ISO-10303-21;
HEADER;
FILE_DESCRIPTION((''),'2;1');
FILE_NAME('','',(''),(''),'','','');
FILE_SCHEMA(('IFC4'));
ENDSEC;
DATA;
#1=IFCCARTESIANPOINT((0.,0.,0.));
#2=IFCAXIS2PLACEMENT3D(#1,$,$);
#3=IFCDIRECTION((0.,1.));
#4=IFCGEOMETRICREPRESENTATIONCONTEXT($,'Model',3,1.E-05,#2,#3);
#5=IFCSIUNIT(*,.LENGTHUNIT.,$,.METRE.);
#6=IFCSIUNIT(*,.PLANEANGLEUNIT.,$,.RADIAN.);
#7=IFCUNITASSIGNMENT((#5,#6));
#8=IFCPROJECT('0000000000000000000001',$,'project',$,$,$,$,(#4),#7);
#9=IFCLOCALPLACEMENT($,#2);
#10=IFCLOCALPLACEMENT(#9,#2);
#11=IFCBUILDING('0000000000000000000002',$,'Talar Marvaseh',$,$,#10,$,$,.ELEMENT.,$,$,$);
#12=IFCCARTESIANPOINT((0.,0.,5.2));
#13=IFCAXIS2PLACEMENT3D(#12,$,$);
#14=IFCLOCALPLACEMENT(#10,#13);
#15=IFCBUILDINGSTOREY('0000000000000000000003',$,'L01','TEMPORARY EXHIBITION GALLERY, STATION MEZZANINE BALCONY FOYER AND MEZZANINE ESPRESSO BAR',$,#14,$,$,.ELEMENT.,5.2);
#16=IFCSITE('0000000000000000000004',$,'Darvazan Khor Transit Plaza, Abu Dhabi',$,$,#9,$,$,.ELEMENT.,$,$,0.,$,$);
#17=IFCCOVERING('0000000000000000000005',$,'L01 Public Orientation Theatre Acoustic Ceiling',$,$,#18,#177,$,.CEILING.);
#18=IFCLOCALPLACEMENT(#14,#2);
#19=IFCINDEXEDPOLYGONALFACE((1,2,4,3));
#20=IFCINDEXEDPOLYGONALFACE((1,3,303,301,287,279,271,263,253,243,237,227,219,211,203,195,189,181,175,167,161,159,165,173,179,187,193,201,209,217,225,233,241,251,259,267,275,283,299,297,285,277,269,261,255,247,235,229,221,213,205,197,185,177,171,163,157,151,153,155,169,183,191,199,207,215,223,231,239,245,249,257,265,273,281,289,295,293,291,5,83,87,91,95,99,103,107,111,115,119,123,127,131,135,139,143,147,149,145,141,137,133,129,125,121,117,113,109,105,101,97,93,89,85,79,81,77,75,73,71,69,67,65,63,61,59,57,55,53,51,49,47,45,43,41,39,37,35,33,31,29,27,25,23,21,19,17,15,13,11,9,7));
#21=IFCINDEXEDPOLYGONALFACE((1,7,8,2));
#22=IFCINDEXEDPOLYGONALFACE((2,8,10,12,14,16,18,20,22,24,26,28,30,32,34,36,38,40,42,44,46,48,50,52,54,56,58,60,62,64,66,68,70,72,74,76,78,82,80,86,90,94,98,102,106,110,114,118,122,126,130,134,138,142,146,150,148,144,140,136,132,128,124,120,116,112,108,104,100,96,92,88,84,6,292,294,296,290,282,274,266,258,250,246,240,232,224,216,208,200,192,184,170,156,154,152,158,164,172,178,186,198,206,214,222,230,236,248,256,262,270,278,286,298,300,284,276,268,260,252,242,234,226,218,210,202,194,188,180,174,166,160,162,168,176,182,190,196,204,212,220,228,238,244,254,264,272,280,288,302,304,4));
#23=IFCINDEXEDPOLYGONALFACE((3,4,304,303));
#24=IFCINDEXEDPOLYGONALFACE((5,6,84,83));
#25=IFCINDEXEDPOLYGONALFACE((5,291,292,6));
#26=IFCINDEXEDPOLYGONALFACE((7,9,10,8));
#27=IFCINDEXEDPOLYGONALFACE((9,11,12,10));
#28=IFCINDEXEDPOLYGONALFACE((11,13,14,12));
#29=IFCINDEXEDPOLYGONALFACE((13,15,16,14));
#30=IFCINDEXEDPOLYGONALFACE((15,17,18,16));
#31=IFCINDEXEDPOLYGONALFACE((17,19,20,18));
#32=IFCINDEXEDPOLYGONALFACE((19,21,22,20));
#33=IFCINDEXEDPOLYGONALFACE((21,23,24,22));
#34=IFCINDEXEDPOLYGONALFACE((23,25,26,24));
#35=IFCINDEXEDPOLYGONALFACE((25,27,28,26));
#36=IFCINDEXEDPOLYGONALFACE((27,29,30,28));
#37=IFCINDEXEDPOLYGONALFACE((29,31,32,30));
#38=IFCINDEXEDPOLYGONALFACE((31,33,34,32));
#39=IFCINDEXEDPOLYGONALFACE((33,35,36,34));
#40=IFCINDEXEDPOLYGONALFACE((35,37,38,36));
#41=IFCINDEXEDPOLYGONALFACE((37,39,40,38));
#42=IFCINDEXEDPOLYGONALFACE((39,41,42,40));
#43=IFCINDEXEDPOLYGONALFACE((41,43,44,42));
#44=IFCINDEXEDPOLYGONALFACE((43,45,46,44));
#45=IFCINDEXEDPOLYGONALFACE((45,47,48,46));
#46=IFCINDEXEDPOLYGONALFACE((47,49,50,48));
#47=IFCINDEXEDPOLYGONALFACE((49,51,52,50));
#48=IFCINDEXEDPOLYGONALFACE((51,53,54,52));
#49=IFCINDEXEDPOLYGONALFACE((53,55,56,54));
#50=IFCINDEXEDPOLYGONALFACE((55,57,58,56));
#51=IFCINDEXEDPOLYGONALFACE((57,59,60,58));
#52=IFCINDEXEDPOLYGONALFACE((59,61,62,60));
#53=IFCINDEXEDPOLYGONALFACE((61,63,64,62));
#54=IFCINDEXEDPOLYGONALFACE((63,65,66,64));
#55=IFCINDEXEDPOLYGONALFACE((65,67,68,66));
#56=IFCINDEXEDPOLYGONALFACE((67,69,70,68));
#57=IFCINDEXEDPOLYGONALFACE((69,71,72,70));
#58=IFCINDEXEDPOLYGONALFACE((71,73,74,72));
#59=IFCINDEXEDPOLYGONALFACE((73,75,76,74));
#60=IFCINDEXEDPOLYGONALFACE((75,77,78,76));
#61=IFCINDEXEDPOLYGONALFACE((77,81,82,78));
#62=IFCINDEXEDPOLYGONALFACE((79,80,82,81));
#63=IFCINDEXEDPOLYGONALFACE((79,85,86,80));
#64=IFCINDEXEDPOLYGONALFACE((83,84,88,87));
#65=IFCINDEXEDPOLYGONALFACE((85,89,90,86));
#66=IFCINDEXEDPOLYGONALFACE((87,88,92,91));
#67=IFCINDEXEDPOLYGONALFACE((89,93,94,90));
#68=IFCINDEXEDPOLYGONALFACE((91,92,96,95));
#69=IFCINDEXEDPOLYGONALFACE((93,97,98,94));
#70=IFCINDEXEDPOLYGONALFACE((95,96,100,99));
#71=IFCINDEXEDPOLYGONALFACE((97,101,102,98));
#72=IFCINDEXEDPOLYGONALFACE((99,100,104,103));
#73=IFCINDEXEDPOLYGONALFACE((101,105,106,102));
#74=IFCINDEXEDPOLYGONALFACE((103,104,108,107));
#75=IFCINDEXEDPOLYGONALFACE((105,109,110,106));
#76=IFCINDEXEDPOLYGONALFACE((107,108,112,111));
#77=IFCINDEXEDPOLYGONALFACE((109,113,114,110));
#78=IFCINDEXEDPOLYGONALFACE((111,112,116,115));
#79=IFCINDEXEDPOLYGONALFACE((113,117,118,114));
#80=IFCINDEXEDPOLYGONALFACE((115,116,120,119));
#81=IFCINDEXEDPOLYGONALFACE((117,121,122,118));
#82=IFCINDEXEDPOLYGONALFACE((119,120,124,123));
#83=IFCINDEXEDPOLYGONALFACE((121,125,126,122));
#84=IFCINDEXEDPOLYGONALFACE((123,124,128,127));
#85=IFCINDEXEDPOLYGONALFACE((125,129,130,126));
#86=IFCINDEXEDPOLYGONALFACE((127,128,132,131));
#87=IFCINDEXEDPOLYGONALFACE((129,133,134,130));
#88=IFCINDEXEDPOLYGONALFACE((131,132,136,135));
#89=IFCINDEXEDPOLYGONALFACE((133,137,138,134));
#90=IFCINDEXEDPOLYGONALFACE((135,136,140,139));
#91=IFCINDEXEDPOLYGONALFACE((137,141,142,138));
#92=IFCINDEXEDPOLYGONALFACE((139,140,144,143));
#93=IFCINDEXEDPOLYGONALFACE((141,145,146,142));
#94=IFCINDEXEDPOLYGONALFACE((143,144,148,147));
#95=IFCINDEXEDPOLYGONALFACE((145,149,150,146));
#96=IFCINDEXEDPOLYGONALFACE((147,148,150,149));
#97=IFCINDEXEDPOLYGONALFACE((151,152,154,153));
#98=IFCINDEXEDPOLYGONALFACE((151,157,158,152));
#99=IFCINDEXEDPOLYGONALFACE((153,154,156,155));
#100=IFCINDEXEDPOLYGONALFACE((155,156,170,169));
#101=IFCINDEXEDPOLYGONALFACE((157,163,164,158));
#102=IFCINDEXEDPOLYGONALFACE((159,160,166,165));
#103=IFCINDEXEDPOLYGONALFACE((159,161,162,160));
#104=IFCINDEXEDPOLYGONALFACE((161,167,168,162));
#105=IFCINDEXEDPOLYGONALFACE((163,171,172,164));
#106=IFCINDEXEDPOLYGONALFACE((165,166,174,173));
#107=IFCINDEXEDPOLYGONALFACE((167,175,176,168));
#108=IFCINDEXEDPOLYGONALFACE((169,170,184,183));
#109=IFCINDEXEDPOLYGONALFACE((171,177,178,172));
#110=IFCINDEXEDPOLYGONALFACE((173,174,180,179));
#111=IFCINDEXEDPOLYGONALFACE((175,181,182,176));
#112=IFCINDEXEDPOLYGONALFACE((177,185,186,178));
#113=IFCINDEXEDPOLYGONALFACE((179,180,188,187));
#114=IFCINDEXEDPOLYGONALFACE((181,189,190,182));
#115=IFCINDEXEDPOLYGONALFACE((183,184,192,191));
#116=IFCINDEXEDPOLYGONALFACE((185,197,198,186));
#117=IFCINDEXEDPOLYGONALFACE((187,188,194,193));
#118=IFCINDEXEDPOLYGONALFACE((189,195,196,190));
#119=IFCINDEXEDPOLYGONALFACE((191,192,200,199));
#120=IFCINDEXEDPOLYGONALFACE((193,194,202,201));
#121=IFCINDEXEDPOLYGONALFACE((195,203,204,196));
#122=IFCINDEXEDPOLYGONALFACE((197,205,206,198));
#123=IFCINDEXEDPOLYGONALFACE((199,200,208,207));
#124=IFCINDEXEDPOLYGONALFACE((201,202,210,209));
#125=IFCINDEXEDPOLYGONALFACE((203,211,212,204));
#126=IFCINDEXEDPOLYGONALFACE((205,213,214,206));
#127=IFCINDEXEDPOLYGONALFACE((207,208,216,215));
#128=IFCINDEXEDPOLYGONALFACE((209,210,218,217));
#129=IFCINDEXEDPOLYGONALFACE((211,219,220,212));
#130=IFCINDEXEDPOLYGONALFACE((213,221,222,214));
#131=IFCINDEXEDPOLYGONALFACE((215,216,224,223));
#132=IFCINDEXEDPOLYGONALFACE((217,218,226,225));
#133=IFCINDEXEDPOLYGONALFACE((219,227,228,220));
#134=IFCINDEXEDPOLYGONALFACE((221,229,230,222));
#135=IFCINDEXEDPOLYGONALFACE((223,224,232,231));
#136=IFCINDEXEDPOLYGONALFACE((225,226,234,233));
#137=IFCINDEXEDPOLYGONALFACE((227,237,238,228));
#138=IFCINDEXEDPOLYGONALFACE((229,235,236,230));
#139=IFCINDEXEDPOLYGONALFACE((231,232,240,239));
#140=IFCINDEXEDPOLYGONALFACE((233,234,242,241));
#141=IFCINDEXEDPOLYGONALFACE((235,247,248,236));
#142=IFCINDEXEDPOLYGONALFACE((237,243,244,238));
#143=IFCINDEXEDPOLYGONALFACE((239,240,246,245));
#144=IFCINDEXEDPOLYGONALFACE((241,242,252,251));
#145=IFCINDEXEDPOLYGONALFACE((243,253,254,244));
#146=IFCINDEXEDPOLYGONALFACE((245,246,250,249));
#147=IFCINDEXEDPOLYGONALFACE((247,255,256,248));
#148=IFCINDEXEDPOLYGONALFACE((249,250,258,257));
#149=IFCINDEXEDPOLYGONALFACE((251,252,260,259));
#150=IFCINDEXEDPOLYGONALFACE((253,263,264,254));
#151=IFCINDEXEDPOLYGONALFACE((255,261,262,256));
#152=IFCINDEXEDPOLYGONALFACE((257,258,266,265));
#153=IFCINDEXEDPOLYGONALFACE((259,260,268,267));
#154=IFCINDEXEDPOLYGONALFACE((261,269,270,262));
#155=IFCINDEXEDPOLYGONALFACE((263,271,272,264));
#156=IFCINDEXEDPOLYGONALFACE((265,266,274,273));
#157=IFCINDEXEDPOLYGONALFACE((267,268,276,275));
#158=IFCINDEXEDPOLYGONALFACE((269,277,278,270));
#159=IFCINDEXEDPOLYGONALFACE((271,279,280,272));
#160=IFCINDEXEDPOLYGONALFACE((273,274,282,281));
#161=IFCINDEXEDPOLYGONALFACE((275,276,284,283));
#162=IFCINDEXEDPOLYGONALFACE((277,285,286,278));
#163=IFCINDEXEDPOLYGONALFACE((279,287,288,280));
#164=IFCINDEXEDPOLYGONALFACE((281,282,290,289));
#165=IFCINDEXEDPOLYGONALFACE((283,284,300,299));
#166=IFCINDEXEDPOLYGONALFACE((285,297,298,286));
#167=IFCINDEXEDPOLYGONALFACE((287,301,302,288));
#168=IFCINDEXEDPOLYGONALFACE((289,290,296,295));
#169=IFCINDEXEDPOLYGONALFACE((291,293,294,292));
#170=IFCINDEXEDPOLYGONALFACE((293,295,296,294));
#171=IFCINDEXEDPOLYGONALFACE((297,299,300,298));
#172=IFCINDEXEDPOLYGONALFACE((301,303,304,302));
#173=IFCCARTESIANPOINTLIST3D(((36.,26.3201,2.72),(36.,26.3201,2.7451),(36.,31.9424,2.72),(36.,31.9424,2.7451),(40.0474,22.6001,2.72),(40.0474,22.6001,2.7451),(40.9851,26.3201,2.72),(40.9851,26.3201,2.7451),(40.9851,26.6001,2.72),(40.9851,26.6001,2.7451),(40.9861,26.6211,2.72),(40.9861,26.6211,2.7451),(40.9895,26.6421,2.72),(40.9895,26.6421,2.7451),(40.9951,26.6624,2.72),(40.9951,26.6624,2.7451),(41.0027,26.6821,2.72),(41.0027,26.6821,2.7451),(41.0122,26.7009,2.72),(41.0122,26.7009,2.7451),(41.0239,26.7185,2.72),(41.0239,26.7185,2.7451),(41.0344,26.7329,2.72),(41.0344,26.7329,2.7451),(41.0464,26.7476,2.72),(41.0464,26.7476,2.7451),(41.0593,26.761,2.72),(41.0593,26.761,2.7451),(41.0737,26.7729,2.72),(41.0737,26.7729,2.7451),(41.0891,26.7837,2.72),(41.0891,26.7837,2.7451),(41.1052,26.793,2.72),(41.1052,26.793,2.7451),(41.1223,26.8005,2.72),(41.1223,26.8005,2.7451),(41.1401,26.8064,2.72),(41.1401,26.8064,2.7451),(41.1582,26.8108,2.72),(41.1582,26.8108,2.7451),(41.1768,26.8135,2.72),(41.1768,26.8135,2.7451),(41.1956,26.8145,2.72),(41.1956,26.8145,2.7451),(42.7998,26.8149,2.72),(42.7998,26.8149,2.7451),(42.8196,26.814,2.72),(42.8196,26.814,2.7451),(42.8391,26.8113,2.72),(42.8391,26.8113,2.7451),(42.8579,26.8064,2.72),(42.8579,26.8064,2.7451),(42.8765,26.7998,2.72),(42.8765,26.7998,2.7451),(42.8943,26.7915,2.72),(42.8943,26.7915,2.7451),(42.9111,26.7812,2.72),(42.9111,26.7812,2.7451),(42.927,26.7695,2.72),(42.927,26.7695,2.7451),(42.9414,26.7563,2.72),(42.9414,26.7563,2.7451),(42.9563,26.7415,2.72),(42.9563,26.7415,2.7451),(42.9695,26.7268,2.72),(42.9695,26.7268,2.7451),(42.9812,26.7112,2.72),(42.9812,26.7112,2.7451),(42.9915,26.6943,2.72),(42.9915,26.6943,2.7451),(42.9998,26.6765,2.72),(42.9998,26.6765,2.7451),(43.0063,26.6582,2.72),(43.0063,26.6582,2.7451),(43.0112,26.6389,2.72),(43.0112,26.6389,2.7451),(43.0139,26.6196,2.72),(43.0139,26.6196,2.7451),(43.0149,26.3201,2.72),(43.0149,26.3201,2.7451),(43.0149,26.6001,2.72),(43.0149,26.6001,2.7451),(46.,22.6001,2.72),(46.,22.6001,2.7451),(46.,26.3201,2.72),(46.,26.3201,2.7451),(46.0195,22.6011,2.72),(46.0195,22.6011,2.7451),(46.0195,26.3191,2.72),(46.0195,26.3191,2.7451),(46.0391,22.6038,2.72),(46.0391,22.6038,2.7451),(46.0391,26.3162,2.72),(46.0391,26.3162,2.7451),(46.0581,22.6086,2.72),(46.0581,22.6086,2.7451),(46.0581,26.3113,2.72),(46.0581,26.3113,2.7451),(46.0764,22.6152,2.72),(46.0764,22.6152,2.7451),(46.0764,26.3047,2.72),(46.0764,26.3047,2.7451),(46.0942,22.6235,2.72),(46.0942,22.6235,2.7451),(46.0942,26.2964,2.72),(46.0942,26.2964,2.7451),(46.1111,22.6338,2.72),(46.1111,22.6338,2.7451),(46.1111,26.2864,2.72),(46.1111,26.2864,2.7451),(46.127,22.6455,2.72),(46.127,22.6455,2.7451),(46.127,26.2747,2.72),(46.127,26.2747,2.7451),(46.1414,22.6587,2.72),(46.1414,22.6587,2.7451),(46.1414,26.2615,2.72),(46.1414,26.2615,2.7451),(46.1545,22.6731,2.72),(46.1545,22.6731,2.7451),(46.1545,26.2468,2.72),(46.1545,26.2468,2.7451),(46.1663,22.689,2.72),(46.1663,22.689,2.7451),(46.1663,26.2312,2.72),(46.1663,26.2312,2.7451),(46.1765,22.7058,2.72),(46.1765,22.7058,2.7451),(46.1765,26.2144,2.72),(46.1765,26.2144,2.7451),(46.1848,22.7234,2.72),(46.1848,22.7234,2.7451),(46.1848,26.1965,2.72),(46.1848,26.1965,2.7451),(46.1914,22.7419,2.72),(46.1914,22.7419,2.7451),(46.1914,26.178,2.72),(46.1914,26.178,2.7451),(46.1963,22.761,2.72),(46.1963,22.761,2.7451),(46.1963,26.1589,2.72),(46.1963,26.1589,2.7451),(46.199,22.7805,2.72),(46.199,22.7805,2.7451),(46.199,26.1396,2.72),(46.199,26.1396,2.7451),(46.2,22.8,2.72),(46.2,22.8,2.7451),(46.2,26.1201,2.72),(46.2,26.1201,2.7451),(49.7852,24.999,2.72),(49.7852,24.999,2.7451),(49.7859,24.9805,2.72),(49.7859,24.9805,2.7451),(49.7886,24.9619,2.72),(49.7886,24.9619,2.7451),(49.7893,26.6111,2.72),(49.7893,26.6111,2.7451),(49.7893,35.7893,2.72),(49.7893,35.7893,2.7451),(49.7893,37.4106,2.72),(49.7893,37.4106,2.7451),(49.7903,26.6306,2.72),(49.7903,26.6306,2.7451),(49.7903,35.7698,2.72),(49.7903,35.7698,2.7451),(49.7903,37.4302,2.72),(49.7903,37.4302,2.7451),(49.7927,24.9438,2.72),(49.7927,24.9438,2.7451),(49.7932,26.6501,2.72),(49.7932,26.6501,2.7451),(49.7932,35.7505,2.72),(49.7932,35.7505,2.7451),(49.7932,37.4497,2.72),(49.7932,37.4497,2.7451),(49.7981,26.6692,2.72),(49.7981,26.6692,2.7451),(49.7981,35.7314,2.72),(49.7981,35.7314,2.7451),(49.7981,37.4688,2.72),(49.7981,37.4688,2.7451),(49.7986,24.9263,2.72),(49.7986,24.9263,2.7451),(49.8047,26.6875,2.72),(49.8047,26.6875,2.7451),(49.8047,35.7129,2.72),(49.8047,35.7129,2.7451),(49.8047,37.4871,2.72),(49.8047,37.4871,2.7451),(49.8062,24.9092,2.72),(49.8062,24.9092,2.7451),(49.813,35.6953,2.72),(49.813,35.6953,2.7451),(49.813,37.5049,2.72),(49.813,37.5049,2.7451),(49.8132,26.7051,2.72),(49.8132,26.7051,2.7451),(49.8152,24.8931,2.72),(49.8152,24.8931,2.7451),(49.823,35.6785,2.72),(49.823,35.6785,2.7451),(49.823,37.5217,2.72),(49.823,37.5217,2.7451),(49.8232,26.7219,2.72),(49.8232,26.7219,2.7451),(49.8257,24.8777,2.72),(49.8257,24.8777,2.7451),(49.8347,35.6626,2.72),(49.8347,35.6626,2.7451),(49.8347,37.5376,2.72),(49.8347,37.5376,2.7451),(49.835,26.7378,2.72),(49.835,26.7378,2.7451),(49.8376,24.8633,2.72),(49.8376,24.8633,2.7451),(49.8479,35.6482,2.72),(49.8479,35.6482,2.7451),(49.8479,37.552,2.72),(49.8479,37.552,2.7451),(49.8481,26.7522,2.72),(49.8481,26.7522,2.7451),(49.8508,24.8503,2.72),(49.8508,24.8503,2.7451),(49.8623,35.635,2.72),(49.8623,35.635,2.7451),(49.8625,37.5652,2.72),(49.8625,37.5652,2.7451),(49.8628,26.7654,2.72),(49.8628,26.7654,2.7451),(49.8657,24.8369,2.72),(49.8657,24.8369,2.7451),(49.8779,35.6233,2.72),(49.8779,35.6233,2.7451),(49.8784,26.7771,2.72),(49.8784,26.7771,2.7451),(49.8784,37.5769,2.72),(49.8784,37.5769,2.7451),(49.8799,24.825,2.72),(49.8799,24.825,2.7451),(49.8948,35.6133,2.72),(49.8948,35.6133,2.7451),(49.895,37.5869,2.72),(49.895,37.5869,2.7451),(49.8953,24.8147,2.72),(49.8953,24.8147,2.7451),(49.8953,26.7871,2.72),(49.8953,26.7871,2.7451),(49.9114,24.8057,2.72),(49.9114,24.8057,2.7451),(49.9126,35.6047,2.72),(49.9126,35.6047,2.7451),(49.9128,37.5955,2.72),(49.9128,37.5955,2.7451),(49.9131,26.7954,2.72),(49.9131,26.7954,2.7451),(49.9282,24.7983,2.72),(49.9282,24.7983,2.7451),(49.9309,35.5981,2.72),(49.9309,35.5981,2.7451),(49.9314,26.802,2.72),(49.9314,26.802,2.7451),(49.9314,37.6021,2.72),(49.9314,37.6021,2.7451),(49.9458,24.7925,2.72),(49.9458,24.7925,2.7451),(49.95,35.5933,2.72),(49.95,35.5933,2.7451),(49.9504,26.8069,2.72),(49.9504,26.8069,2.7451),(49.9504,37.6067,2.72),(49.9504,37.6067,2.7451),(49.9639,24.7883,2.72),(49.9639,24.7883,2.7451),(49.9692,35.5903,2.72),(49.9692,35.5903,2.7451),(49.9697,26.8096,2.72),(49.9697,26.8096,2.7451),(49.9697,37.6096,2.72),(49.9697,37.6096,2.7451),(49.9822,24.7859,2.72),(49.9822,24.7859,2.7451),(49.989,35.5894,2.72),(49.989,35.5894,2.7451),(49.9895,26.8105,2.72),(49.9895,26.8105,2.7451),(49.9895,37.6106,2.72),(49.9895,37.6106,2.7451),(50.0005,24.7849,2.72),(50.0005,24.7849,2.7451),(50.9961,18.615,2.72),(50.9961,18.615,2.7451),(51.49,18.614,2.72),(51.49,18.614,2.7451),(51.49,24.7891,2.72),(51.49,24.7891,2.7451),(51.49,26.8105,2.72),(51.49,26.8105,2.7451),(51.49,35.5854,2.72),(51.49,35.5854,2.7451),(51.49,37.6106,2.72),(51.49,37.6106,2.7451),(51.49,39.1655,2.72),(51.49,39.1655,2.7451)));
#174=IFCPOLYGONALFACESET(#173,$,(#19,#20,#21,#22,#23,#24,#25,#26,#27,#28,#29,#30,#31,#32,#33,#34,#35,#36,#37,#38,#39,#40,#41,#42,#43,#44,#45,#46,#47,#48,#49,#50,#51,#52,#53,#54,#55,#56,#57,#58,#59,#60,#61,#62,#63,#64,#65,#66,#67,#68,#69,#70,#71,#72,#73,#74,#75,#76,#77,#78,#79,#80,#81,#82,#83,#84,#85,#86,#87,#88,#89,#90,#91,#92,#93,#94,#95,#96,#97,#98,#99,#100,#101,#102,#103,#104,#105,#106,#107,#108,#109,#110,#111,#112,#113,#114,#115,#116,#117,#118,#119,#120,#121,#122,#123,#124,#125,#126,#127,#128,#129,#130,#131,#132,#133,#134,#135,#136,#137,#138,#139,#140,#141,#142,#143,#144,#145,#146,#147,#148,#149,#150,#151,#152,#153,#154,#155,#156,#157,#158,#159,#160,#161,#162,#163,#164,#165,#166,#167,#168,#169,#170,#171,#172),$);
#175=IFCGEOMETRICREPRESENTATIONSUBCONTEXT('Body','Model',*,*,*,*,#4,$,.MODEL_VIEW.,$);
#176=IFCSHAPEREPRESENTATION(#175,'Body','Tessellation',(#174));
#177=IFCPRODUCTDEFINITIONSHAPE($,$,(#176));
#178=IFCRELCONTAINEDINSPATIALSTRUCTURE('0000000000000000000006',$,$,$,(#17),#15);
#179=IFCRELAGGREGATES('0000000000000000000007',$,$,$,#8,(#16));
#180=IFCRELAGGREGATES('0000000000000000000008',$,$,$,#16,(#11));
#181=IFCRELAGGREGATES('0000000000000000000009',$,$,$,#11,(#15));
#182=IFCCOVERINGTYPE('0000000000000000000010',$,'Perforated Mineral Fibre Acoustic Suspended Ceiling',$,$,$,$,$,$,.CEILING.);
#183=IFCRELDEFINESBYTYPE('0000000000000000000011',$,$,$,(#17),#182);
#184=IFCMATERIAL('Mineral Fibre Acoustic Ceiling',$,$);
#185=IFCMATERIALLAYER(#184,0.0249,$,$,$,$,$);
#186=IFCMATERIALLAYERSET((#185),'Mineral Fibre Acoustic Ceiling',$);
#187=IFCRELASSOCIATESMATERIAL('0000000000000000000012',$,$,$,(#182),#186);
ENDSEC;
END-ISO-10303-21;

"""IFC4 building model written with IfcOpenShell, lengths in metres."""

from ifc_helpers import new_model, si_unit, direction, frame, origin, place, context, subcontext, project, spatial, polyline, outline, extrude, material, layer, layer_set, type_object, element, save


model = new_model("IFC4")

# Units and contexts
model_context = context("Model", 3, precision=1e-05, world=origin(), true_north=direction((0.0, 1.0)))
body_context = subcontext(model_context, "Body", "Model", "MODEL_VIEW")
ifc_project = project(units=[si_unit("LENGTHUNIT", "METRE"), si_unit("PLANEANGLEUNIT", "RADIAN")], contexts=[model_context])

# Site, building, storey
site_placement = place(None, origin())
site = spatial("IfcSite", under=ifc_project, at=site_placement, Name="Darvazan Khor Transit Plaza, Abu Dhabi", CompositionType="ELEMENT", RefElevation=0.0)
building_placement = place(site_placement, origin())
building = spatial("IfcBuilding", under=site, at=building_placement, Name="Talar Marvaseh", CompositionType="ELEMENT")
storey_placement = place(building_placement, frame((0.0, 0.0, 5.2)))
storey = spatial("IfcBuildingStorey", under=building, at=storey_placement, Name="L01", Description="TEMPORARY EXHIBITION GALLERY, STATION MEZZANINE BALCONY FOYER AND MEZZANINE ESPRESSO BAR", CompositionType="ELEMENT", Elevation=5.2)

# Covering
ifc_material_1 = material(Name="Mineral Fibre Acoustic Ceiling")
ifc_layer_1 = layer(ifc_material_1, 0.0249)
ifc_layer_set_1 = layer_set([ifc_layer_1], Name="Mineral Fibre Acoustic Ceiling")
covering_type_1 = type_object("IfcCoveringType", Name="Perforated Mineral Fibre Acoustic Suspended Ceiling", PredefinedType="CEILING", material=ifc_layer_set_1)
covering_1_placement = place(storey_placement, frame((0.0, 0.0, 2.72)))
element("IfcCovering", 1, at=covering_1_placement, inside=storey, type_object=covering_type_1, Name="L01 Public Orientation Theatre Acoustic Ceiling", PredefinedType="CEILING", context=body_context, shape_type="SweptSolid", body=[
    extrude(outline(polyline([(49.8953, 24.8147), (49.9114, 24.8057), (49.9282, 24.7983), (49.9458, 24.7925), (49.9639, 24.7883), (49.9822, 24.7859), (50.0005, 24.7849), (51.49, 24.7891), (51.49, 18.614), (50.9961, 18.615), (40.0474, 22.6001), (46.0, 22.6001), (46.0195, 22.6011), (46.0391, 22.6038), (46.0581, 22.6086), (46.0764, 22.6152), (46.0942, 22.6235), (46.1111, 22.6338), (46.127, 22.6455), (46.1414, 22.6587), (46.1545, 22.6731), (46.1663, 22.689), (46.1765, 22.7058), (46.1848, 22.7234), (46.1914, 22.7419), (46.1963, 22.761), (46.199, 22.7805), (46.2, 22.8), (46.2, 26.1201), (46.199, 26.1396), (46.1963, 26.1589), (46.1914, 26.178), (46.1848, 26.1965), (46.1765, 26.2144), (46.1663, 26.2312), (46.1545, 26.2468), (46.1414, 26.2615), (46.127, 26.2747), (46.1111, 26.2864), (46.0942, 26.2964), (46.0764, 26.3047), (46.0581, 26.3113), (46.0391, 26.3162), (46.0195, 26.3191), (46.0, 26.3201), (43.0149, 26.3201), (43.0149, 26.6001), (43.0139, 26.6196), (43.0112, 26.6389), (43.0063, 26.6582), (42.9998, 26.6765), (42.9915, 26.6943), (42.9812, 26.7112), (42.9695, 26.7268), (42.9563, 26.7415), (42.9414, 26.7563), (42.927, 26.7695), (42.9111, 26.7812), (42.8943, 26.7915), (42.8765, 26.7998), (42.8579, 26.8064), (42.8391, 26.8113), (42.8196, 26.814), (42.7998, 26.8149), (41.1956, 26.8145), (41.1768, 26.8135), (41.1582, 26.8108), (41.1401, 26.8064), (41.1223, 26.8005), (41.1052, 26.793), (41.0891, 26.7837), (41.0737, 26.7729), (41.0593, 26.761), (41.0464, 26.7476), (41.0344, 26.7329), (41.0239, 26.7185), (41.0122, 26.7009), (41.0027, 26.6821), (40.9951, 26.6624), (40.9895, 26.6421), (40.9861, 26.6211), (40.9851, 26.6001), (40.9851, 26.3201), (36.0, 26.3201), (36.0, 31.9424), (51.49, 39.1655), (51.49, 37.6106), (49.9895, 37.6106), (49.9697, 37.6096), (49.9504, 37.6067), (49.9314, 37.6021), (49.9128, 37.5955), (49.895, 37.5869), (49.8784, 37.5769), (49.8625, 37.5652), (49.8479, 37.552), (49.8347, 37.5376), (49.823, 37.5217), (49.813, 37.5049), (49.8047, 37.4871), (49.7981, 37.4688), (49.7932, 37.4497), (49.7903, 37.4302), (49.7893, 37.4106), (49.7893, 35.7893), (49.7903, 35.7698), (49.7932, 35.7505), (49.7981, 35.7314), (49.8047, 35.7129), (49.813, 35.6953), (49.823, 35.6785), (49.8347, 35.6626), (49.8479, 35.6482), (49.8623, 35.635), (49.8779, 35.6233), (49.8948, 35.6133), (49.9126, 35.6047), (49.9309, 35.5981), (49.95, 35.5933), (49.9692, 35.5903), (49.989, 35.5894), (51.49, 35.5854), (51.49, 26.8105), (49.9895, 26.8105), (49.9697, 26.8096), (49.9504, 26.8069), (49.9314, 26.802), (49.9131, 26.7954), (49.8953, 26.7871), (49.8784, 26.7771), (49.8628, 26.7654), (49.8481, 26.7522), (49.835, 26.7378), (49.8232, 26.7219), (49.8132, 26.7051), (49.8047, 26.6875), (49.7981, 26.6692), (49.7932, 26.6501), (49.7903, 26.6306), (49.7893, 26.6111), (49.7852, 24.999), (49.7859, 24.9805), (49.7886, 24.9619), (49.7927, 24.9438), (49.7986, 24.9263), (49.8062, 24.9092), (49.8152, 24.8931), (49.8257, 24.8777), (49.8376, 24.8633), (49.8508, 24.8503), (49.8657, 24.8369), (49.8799, 24.825), (49.8953, 24.8147)])), origin(), (0.0, 0.0, 1.0), 0.0251),
])

save(model, "model.ifc")
